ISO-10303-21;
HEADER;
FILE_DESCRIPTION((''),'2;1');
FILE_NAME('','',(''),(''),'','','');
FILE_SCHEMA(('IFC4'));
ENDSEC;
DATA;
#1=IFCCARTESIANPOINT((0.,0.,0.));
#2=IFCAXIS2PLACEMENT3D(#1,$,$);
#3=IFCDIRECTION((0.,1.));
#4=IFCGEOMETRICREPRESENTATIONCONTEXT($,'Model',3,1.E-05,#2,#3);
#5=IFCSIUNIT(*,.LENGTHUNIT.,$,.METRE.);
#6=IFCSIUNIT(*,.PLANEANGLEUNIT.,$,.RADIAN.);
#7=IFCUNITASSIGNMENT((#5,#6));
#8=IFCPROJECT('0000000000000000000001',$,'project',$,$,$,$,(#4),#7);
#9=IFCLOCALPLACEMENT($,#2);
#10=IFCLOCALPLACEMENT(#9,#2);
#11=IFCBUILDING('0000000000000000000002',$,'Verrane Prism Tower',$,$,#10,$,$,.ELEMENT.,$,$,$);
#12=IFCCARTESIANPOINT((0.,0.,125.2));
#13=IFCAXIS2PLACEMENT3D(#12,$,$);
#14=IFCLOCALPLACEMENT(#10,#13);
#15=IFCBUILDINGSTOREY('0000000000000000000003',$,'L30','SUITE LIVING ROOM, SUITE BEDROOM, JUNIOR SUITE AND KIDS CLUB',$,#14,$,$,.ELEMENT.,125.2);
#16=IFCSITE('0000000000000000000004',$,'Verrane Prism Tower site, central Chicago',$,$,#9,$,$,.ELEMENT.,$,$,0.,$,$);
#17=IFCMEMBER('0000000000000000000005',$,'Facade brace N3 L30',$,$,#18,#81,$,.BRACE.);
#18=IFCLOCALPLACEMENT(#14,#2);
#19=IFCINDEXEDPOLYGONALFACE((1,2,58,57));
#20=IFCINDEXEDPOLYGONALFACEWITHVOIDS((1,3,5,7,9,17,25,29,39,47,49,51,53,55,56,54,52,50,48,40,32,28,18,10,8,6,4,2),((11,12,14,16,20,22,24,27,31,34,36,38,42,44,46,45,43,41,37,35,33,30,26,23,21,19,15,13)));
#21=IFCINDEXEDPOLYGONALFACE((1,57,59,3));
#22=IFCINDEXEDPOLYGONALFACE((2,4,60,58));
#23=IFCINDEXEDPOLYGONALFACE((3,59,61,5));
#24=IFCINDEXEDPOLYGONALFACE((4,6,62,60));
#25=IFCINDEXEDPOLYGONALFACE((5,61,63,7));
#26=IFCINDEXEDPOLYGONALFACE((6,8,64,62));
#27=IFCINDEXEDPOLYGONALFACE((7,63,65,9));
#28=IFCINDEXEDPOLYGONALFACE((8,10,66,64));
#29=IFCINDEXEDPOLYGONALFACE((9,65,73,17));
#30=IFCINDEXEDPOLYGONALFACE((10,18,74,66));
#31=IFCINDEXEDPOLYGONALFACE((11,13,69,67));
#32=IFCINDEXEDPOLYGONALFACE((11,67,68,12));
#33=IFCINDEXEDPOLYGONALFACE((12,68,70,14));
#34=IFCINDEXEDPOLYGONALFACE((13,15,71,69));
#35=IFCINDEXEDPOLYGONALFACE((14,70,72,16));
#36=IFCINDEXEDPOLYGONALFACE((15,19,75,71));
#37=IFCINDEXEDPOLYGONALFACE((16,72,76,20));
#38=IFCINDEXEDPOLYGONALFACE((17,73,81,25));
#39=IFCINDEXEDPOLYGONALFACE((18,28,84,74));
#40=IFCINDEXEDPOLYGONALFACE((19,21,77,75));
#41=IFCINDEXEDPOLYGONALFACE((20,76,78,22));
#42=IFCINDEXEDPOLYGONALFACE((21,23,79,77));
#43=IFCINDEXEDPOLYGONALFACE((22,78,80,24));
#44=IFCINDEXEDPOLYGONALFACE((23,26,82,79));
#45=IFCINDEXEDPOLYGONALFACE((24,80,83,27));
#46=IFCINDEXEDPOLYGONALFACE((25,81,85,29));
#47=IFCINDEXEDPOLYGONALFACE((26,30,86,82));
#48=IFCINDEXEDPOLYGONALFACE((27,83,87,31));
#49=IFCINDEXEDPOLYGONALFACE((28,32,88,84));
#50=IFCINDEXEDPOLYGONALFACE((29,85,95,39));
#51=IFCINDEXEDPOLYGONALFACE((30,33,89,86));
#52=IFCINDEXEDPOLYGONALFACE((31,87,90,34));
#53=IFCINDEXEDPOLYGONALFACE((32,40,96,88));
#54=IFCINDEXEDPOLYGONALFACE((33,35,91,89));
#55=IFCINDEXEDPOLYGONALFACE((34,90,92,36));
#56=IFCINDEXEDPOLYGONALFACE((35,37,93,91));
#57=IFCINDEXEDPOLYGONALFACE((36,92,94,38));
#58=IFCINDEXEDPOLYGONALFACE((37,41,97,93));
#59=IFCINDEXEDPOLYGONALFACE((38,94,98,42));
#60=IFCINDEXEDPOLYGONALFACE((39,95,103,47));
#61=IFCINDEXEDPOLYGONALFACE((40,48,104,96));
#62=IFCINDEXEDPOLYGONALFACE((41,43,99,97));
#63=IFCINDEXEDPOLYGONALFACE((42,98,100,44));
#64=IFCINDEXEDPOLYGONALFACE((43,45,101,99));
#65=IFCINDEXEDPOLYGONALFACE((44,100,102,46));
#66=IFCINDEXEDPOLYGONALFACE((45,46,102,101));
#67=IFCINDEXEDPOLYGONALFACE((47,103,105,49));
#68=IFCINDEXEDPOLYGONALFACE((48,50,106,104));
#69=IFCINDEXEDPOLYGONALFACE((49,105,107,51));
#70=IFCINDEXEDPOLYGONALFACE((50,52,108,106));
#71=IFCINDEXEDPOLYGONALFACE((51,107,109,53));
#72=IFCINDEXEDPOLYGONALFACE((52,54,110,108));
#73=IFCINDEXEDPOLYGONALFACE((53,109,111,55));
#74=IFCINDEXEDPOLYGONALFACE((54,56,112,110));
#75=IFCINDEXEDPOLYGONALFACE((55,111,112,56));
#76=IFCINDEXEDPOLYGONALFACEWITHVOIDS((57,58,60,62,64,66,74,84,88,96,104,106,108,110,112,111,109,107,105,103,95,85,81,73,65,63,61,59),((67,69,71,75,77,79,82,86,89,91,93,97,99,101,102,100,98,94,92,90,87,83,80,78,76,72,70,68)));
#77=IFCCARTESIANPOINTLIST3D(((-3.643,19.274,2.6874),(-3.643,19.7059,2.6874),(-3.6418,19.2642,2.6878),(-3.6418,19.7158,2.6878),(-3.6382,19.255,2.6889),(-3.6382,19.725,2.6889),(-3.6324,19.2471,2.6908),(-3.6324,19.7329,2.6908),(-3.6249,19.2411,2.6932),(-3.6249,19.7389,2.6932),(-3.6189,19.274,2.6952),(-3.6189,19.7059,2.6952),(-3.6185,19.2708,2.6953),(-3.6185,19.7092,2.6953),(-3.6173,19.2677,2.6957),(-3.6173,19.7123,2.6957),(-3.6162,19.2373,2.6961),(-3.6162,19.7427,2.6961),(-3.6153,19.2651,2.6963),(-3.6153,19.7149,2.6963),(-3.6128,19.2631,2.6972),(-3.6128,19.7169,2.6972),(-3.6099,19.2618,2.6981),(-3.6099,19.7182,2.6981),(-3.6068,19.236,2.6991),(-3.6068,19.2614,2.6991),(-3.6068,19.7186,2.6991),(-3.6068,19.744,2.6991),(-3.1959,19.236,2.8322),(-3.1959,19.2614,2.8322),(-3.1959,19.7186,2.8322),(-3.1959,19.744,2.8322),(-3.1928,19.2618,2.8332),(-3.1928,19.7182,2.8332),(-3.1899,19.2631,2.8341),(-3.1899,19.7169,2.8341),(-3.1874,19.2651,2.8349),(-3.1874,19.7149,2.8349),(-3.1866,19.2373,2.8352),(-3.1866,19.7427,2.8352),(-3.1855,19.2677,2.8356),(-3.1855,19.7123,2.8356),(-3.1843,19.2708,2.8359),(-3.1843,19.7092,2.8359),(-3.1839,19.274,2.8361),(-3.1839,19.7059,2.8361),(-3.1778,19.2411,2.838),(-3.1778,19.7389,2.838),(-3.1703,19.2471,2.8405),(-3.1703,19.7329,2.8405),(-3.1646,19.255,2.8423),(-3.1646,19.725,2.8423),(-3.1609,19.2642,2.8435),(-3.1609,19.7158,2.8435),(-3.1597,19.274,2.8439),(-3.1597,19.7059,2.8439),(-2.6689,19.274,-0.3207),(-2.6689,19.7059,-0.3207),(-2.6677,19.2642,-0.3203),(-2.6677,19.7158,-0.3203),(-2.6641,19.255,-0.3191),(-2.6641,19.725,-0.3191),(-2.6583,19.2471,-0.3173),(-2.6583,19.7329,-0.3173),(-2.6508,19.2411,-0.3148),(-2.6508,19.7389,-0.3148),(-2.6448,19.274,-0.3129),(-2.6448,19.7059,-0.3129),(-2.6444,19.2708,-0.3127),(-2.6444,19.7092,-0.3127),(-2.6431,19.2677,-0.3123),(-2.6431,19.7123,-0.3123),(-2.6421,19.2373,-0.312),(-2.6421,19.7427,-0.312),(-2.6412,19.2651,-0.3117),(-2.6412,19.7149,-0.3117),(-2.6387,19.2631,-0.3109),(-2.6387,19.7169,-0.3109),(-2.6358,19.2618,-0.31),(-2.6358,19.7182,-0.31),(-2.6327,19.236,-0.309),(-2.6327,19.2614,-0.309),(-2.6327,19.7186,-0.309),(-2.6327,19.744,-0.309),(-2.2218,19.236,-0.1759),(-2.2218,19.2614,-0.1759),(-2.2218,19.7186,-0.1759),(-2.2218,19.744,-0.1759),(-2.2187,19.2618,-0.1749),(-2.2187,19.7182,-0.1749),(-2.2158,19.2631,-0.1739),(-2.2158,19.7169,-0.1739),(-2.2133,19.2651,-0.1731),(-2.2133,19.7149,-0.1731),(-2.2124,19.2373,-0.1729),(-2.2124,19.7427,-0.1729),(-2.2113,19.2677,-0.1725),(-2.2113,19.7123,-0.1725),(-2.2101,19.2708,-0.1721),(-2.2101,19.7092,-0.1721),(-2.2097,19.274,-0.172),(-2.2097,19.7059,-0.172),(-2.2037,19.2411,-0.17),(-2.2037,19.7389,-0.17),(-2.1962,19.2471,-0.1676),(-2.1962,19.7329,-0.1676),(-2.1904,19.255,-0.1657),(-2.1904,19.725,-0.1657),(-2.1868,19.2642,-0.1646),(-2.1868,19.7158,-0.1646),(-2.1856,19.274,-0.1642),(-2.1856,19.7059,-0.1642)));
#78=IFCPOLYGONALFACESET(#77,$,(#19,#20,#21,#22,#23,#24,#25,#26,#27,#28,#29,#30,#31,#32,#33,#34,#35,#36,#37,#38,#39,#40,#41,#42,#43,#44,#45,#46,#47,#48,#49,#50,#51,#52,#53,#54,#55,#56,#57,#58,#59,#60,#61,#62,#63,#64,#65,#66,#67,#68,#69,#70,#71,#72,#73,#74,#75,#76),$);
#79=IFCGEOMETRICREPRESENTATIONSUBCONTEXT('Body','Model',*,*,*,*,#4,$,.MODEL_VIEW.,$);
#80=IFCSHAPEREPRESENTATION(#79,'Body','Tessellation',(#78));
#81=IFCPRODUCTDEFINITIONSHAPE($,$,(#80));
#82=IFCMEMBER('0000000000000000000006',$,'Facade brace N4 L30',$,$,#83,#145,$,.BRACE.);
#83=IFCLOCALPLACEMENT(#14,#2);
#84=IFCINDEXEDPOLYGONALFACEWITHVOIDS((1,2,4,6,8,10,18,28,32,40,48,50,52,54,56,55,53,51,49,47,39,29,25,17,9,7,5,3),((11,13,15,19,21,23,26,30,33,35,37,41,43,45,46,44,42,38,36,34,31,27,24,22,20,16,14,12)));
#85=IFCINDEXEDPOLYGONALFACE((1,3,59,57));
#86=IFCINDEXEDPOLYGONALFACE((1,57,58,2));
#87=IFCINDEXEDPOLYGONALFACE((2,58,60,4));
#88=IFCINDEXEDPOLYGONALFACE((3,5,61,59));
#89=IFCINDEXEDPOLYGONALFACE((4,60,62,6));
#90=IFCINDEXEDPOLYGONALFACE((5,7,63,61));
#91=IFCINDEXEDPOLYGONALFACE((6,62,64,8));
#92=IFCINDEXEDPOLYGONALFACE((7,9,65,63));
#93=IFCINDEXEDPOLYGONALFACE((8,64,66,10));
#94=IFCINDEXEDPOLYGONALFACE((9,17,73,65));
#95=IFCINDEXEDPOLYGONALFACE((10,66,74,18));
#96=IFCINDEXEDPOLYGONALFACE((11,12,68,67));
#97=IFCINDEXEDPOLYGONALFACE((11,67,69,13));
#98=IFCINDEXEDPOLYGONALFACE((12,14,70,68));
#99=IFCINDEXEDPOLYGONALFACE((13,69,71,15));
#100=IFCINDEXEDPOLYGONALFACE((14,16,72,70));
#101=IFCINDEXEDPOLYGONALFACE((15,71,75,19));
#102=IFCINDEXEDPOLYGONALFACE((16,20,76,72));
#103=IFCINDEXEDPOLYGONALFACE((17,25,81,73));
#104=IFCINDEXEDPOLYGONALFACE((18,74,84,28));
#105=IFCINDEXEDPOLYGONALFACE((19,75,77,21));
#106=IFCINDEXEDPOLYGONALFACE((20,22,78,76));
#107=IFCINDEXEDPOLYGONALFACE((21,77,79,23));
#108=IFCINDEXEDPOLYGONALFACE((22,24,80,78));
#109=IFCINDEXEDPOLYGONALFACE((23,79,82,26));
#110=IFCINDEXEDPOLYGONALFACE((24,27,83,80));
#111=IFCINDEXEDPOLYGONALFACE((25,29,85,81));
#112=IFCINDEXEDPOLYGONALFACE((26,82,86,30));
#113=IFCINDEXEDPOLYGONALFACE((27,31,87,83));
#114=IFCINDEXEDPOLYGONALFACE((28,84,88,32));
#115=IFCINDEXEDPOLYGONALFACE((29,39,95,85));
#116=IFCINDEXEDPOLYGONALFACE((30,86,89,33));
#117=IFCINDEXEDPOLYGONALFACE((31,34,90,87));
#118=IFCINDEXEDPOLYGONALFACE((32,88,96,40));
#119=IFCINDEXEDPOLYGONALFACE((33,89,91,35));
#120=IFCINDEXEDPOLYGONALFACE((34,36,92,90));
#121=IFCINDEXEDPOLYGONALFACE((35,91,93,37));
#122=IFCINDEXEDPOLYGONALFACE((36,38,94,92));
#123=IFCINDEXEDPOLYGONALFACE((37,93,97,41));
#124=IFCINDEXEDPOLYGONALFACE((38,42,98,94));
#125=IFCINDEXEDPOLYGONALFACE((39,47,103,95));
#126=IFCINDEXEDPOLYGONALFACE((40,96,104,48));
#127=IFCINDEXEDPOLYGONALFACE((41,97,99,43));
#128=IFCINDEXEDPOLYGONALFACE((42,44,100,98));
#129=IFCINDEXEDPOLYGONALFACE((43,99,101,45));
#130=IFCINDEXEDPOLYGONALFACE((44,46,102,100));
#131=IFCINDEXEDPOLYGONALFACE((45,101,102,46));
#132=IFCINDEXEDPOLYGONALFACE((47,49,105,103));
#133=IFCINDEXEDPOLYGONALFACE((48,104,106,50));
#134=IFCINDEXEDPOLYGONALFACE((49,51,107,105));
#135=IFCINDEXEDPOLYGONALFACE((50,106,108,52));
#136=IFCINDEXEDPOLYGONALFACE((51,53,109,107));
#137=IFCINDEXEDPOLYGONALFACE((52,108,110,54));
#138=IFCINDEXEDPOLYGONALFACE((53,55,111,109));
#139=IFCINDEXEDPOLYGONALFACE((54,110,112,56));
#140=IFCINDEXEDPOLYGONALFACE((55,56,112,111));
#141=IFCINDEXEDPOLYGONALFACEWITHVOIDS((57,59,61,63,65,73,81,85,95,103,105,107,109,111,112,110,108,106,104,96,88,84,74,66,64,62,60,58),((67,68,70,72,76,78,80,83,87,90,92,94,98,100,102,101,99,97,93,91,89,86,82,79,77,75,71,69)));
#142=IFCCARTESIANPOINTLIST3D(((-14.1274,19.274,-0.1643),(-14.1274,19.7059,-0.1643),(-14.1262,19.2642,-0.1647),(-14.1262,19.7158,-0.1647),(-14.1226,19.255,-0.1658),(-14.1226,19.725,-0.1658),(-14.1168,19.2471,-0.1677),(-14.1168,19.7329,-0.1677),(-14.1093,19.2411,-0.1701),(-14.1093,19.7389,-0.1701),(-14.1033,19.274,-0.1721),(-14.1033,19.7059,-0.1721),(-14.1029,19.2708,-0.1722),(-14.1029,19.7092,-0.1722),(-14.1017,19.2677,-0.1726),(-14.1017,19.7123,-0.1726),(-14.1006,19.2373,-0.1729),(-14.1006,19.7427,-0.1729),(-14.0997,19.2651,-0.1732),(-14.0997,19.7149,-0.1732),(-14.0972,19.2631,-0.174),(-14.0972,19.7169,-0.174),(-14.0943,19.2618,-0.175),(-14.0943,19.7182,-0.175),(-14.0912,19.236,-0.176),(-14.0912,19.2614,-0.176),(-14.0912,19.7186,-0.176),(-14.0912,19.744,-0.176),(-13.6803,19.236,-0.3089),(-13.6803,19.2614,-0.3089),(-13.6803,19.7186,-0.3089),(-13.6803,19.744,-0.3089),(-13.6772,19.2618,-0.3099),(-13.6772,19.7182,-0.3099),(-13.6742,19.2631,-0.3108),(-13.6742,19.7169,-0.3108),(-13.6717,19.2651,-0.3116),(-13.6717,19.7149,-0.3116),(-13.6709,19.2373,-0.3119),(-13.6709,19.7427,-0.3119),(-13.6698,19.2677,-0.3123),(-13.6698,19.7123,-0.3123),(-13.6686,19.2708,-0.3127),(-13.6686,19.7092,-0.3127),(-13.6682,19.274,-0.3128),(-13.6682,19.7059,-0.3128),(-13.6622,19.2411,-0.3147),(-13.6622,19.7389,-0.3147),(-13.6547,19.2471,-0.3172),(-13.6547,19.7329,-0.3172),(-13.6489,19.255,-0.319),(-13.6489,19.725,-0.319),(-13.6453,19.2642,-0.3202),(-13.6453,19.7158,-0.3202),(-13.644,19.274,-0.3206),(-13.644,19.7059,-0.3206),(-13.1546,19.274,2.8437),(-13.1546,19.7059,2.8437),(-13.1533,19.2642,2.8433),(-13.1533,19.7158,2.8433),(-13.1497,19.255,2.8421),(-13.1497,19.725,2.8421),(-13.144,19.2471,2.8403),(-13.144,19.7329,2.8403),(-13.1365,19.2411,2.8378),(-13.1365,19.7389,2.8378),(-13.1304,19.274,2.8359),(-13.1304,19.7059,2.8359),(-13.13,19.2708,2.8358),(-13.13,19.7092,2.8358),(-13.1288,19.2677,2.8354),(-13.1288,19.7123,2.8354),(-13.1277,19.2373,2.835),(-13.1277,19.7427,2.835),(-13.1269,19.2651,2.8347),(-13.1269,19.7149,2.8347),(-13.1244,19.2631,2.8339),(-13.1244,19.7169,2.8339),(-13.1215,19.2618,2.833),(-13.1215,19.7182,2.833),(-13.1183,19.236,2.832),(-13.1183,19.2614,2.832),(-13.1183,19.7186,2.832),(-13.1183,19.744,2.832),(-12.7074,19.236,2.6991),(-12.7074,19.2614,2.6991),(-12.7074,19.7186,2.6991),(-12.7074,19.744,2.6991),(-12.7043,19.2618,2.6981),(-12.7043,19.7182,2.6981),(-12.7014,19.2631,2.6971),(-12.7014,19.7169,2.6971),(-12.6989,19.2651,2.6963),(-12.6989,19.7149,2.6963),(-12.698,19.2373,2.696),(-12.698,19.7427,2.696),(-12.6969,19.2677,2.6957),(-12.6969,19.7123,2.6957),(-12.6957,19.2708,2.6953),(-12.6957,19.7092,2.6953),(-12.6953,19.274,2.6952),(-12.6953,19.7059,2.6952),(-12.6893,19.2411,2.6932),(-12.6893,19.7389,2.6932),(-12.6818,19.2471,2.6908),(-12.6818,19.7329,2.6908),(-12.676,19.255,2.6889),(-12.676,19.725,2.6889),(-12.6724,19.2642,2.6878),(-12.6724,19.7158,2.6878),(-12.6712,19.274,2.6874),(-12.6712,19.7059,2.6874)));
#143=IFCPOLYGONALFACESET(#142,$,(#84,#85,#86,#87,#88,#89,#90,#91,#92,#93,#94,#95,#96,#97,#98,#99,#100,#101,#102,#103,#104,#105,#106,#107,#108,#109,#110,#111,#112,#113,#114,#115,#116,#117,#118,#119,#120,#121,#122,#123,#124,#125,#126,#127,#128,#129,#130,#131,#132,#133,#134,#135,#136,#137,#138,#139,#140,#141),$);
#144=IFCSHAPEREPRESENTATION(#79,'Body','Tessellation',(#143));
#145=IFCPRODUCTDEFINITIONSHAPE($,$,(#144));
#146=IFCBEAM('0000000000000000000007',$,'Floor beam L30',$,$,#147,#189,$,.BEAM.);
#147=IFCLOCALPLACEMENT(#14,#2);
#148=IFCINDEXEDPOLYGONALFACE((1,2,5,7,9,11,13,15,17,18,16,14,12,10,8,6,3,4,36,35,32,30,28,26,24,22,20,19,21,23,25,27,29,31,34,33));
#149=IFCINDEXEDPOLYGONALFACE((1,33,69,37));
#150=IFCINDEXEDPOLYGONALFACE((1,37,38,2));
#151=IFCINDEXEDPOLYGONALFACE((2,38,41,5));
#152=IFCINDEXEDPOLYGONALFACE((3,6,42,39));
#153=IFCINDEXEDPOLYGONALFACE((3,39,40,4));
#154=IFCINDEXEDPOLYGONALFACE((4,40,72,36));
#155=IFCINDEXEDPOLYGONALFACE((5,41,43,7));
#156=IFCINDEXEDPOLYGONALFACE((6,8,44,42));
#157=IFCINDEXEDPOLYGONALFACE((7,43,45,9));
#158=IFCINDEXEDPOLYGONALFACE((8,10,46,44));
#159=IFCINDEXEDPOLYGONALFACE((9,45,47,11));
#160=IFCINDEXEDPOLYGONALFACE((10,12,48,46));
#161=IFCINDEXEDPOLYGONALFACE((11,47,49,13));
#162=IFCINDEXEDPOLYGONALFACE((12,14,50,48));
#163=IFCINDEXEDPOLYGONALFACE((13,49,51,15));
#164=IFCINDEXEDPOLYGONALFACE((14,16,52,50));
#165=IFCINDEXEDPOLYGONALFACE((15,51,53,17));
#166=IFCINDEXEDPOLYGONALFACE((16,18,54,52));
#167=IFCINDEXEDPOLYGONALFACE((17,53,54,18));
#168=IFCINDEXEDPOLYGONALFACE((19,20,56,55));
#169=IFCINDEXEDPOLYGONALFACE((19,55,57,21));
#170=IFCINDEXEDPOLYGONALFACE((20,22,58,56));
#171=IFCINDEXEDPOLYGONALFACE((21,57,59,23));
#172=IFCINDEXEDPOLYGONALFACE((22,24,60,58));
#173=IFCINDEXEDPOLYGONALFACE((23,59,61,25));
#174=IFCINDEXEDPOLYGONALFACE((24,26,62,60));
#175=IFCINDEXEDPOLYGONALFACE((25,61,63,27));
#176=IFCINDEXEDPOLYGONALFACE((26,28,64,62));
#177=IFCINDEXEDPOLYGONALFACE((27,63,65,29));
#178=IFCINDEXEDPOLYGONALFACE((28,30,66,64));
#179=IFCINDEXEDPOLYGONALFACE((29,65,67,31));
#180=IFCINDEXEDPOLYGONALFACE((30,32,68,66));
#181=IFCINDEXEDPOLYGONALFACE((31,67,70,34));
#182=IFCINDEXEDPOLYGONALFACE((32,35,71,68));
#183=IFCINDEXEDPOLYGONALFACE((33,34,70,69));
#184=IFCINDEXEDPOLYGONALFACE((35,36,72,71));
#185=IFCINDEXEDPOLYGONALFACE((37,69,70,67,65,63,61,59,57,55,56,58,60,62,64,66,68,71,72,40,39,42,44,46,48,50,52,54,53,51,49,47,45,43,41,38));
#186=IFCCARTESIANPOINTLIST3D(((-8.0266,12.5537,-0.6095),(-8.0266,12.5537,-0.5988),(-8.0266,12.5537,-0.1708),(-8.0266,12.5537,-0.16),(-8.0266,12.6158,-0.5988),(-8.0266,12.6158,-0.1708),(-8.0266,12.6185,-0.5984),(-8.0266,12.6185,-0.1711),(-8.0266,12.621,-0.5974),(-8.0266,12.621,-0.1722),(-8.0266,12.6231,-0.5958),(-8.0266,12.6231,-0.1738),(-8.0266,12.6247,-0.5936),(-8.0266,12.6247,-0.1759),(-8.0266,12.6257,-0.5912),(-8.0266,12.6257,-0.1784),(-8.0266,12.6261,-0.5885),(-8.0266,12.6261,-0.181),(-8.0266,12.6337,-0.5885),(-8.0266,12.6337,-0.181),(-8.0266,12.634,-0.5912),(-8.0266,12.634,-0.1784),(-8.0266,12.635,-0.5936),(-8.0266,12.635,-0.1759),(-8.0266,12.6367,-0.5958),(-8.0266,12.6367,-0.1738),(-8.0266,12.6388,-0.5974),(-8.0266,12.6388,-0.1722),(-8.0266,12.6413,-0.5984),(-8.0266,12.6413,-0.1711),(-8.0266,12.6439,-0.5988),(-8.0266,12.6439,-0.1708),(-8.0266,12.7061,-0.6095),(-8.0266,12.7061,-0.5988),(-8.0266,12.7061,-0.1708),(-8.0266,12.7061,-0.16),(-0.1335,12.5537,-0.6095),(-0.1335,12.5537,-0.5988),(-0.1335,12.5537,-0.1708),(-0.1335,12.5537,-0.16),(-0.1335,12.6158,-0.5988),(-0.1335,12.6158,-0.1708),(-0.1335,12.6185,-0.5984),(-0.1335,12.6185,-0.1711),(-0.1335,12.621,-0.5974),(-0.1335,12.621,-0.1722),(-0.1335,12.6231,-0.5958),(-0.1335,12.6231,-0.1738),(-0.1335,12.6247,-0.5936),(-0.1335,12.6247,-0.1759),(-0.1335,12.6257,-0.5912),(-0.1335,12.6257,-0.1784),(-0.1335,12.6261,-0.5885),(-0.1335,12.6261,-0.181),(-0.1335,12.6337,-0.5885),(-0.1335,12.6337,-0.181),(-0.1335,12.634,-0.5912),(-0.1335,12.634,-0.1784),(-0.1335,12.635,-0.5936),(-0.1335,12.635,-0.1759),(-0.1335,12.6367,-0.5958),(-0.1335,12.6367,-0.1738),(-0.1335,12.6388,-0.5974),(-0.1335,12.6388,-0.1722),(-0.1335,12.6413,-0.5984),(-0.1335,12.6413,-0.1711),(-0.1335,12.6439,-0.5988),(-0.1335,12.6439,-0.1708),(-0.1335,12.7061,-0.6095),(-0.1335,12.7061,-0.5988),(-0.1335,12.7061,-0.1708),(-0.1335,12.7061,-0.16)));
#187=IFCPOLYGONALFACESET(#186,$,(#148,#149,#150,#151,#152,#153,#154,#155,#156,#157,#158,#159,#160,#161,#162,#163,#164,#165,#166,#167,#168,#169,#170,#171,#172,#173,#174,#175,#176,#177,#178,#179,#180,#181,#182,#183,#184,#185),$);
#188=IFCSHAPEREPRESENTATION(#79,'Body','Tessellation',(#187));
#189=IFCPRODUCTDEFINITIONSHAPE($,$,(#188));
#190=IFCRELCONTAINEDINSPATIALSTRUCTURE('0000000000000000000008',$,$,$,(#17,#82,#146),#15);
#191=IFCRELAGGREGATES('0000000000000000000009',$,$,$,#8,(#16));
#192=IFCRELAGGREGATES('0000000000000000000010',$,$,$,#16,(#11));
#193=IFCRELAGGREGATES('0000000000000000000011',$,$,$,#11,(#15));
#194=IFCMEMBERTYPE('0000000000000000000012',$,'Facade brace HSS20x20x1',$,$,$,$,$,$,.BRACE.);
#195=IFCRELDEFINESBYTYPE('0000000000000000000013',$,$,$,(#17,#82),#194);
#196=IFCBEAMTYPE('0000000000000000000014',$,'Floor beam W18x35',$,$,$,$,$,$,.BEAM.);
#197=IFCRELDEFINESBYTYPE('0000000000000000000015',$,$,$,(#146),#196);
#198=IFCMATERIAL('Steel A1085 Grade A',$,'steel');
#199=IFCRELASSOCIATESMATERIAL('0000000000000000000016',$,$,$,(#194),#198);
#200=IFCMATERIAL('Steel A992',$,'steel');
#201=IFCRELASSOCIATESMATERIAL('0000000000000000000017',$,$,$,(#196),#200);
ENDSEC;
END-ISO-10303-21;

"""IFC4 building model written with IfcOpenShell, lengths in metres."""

from ifc_helpers import new_model, si_unit, direction, frame, origin, origin_2d, place, context, subcontext, project, spatial, hollow_rectangle, i_section, extrude, material, material_profile, profile_set, type_object, element, save


model = new_model("IFC4")

# Units and contexts
model_context = context("Model", 3, precision=1e-05, world=origin(), true_north=direction((0.0, 1.0)))
body_context = subcontext(model_context, "Body", "Model", "MODEL_VIEW")
ifc_project = project(units=[si_unit("LENGTHUNIT", "METRE"), si_unit("PLANEANGLEUNIT", "RADIAN")], contexts=[model_context])

# Site, building, storey
site_placement = place(None, origin())
site = spatial("IfcSite", under=ifc_project, at=site_placement, Name="Verrane Prism Tower site, central Chicago", CompositionType="ELEMENT", RefElevation=0.0)
building_placement = place(site_placement, origin())
building = spatial("IfcBuilding", under=site, at=building_placement, Name="Verrane Prism Tower", CompositionType="ELEMENT")
storey_placement = place(building_placement, frame((0.0, 0.0, 125.2)))
storey = spatial("IfcBuildingStorey", under=building, at=storey_placement, Name="L30", Description="SUITE LIVING ROOM, SUITE BEDROOM, JUNIOR SUITE AND KIDS CLUB", CompositionType="ELEMENT", Elevation=125.2)

# Members
ifc_material_1 = material(Name="Steel A1085 Grade A", Category="steel")
ifc_material_profile_1 = material_profile(ifc_material_1, hollow_rectangle(XDim=0.5081, YDim=0.5081, WallThickness=0.0254, InnerFilletRadius=0.0127, OuterFilletRadius=0.0381, at=origin_2d()), Name="HSS20x20x1")
ifc_profile_set_1 = profile_set([ifc_material_profile_1], Name="Steel A1085 Grade A")
member_type_1 = type_object("IfcMemberType", Name="Facade brace HSS20x20x1", PredefinedType="BRACE", material=ifc_profile_set_1)
member_1_placement = place(storey_placement, frame((-2.4272, 19.49, -0.2424), z_axis=(-0.308085, 0.0, 0.951359), x_axis=(0.0, -1.0, 0.0)))
element("IfcMember", 1, at=member_1_placement, inside=storey, type_object=member_type_1, Name="Facade brace N3 L30", PredefinedType="BRACE", context=body_context, shape_type="SweptSolid", body=[
    extrude(hollow_rectangle(XDim=0.5081, YDim=0.5081, WallThickness=0.0254, InnerFilletRadius=0.0127, OuterFilletRadius=0.0381, at=origin_2d()), origin(), (0.0, 0.0, 1.0), 3.1619),
])
member_2_placement = place(storey_placement, frame((-13.8857, 19.49, -0.2424), z_axis=(0.307736, 0.0, 0.951472), x_axis=(0.0, 1.0, 0.0)))
element("IfcMember", 2, at=member_2_placement, inside=storey, type_object=member_type_1, Name="Facade brace N4 L30", PredefinedType="BRACE", context=body_context, shape_type="SweptSolid", body=[
    extrude(hollow_rectangle(XDim=0.5081, YDim=0.5081, WallThickness=0.0254, InnerFilletRadius=0.0127, OuterFilletRadius=0.0381, at=origin_2d()), origin(), (0.0, 0.0, 1.0), 3.1614),
])

# Beam
ifc_material_2 = material(Name="Steel A992", Category="steel")
ifc_material_profile_2 = material_profile(ifc_material_2, i_section(OverallWidth=0.1523, OverallDepth=0.4495, WebThickness=0.0076, FlangeThickness=0.0107, FilletRadius=0.0103, at=origin_2d()), Name="W18x35")
ifc_profile_set_2 = profile_set([ifc_material_profile_2], Name="Steel A992")
beam_type_1 = type_object("IfcBeamType", Name="Floor beam W18x35", PredefinedType="BEAM", material=ifc_profile_set_2)
for number, where, z_axis, x_axis, name in (
    (3, (-8.0266, 12.6299, -0.3848), (1.0, 0.0, 0.0), (0.0, 1.0, 0.0), "Floor beam L30"),
):
    element("IfcBeam", number, at=place(storey_placement, frame(where, z_axis=z_axis, x_axis=x_axis)), inside=storey, type_object=beam_type_1, Name=name, PredefinedType="BEAM", context=body_context, shape_type="SweptSolid", body=[
        extrude(i_section(OverallWidth=0.1523, OverallDepth=0.4495, WebThickness=0.0076, FlangeThickness=0.0107, FilletRadius=0.0103, at=origin_2d()), origin(), (0.0, 0.0, 1.0), 7.8931),
    ])

save(model, "model.ifc")
